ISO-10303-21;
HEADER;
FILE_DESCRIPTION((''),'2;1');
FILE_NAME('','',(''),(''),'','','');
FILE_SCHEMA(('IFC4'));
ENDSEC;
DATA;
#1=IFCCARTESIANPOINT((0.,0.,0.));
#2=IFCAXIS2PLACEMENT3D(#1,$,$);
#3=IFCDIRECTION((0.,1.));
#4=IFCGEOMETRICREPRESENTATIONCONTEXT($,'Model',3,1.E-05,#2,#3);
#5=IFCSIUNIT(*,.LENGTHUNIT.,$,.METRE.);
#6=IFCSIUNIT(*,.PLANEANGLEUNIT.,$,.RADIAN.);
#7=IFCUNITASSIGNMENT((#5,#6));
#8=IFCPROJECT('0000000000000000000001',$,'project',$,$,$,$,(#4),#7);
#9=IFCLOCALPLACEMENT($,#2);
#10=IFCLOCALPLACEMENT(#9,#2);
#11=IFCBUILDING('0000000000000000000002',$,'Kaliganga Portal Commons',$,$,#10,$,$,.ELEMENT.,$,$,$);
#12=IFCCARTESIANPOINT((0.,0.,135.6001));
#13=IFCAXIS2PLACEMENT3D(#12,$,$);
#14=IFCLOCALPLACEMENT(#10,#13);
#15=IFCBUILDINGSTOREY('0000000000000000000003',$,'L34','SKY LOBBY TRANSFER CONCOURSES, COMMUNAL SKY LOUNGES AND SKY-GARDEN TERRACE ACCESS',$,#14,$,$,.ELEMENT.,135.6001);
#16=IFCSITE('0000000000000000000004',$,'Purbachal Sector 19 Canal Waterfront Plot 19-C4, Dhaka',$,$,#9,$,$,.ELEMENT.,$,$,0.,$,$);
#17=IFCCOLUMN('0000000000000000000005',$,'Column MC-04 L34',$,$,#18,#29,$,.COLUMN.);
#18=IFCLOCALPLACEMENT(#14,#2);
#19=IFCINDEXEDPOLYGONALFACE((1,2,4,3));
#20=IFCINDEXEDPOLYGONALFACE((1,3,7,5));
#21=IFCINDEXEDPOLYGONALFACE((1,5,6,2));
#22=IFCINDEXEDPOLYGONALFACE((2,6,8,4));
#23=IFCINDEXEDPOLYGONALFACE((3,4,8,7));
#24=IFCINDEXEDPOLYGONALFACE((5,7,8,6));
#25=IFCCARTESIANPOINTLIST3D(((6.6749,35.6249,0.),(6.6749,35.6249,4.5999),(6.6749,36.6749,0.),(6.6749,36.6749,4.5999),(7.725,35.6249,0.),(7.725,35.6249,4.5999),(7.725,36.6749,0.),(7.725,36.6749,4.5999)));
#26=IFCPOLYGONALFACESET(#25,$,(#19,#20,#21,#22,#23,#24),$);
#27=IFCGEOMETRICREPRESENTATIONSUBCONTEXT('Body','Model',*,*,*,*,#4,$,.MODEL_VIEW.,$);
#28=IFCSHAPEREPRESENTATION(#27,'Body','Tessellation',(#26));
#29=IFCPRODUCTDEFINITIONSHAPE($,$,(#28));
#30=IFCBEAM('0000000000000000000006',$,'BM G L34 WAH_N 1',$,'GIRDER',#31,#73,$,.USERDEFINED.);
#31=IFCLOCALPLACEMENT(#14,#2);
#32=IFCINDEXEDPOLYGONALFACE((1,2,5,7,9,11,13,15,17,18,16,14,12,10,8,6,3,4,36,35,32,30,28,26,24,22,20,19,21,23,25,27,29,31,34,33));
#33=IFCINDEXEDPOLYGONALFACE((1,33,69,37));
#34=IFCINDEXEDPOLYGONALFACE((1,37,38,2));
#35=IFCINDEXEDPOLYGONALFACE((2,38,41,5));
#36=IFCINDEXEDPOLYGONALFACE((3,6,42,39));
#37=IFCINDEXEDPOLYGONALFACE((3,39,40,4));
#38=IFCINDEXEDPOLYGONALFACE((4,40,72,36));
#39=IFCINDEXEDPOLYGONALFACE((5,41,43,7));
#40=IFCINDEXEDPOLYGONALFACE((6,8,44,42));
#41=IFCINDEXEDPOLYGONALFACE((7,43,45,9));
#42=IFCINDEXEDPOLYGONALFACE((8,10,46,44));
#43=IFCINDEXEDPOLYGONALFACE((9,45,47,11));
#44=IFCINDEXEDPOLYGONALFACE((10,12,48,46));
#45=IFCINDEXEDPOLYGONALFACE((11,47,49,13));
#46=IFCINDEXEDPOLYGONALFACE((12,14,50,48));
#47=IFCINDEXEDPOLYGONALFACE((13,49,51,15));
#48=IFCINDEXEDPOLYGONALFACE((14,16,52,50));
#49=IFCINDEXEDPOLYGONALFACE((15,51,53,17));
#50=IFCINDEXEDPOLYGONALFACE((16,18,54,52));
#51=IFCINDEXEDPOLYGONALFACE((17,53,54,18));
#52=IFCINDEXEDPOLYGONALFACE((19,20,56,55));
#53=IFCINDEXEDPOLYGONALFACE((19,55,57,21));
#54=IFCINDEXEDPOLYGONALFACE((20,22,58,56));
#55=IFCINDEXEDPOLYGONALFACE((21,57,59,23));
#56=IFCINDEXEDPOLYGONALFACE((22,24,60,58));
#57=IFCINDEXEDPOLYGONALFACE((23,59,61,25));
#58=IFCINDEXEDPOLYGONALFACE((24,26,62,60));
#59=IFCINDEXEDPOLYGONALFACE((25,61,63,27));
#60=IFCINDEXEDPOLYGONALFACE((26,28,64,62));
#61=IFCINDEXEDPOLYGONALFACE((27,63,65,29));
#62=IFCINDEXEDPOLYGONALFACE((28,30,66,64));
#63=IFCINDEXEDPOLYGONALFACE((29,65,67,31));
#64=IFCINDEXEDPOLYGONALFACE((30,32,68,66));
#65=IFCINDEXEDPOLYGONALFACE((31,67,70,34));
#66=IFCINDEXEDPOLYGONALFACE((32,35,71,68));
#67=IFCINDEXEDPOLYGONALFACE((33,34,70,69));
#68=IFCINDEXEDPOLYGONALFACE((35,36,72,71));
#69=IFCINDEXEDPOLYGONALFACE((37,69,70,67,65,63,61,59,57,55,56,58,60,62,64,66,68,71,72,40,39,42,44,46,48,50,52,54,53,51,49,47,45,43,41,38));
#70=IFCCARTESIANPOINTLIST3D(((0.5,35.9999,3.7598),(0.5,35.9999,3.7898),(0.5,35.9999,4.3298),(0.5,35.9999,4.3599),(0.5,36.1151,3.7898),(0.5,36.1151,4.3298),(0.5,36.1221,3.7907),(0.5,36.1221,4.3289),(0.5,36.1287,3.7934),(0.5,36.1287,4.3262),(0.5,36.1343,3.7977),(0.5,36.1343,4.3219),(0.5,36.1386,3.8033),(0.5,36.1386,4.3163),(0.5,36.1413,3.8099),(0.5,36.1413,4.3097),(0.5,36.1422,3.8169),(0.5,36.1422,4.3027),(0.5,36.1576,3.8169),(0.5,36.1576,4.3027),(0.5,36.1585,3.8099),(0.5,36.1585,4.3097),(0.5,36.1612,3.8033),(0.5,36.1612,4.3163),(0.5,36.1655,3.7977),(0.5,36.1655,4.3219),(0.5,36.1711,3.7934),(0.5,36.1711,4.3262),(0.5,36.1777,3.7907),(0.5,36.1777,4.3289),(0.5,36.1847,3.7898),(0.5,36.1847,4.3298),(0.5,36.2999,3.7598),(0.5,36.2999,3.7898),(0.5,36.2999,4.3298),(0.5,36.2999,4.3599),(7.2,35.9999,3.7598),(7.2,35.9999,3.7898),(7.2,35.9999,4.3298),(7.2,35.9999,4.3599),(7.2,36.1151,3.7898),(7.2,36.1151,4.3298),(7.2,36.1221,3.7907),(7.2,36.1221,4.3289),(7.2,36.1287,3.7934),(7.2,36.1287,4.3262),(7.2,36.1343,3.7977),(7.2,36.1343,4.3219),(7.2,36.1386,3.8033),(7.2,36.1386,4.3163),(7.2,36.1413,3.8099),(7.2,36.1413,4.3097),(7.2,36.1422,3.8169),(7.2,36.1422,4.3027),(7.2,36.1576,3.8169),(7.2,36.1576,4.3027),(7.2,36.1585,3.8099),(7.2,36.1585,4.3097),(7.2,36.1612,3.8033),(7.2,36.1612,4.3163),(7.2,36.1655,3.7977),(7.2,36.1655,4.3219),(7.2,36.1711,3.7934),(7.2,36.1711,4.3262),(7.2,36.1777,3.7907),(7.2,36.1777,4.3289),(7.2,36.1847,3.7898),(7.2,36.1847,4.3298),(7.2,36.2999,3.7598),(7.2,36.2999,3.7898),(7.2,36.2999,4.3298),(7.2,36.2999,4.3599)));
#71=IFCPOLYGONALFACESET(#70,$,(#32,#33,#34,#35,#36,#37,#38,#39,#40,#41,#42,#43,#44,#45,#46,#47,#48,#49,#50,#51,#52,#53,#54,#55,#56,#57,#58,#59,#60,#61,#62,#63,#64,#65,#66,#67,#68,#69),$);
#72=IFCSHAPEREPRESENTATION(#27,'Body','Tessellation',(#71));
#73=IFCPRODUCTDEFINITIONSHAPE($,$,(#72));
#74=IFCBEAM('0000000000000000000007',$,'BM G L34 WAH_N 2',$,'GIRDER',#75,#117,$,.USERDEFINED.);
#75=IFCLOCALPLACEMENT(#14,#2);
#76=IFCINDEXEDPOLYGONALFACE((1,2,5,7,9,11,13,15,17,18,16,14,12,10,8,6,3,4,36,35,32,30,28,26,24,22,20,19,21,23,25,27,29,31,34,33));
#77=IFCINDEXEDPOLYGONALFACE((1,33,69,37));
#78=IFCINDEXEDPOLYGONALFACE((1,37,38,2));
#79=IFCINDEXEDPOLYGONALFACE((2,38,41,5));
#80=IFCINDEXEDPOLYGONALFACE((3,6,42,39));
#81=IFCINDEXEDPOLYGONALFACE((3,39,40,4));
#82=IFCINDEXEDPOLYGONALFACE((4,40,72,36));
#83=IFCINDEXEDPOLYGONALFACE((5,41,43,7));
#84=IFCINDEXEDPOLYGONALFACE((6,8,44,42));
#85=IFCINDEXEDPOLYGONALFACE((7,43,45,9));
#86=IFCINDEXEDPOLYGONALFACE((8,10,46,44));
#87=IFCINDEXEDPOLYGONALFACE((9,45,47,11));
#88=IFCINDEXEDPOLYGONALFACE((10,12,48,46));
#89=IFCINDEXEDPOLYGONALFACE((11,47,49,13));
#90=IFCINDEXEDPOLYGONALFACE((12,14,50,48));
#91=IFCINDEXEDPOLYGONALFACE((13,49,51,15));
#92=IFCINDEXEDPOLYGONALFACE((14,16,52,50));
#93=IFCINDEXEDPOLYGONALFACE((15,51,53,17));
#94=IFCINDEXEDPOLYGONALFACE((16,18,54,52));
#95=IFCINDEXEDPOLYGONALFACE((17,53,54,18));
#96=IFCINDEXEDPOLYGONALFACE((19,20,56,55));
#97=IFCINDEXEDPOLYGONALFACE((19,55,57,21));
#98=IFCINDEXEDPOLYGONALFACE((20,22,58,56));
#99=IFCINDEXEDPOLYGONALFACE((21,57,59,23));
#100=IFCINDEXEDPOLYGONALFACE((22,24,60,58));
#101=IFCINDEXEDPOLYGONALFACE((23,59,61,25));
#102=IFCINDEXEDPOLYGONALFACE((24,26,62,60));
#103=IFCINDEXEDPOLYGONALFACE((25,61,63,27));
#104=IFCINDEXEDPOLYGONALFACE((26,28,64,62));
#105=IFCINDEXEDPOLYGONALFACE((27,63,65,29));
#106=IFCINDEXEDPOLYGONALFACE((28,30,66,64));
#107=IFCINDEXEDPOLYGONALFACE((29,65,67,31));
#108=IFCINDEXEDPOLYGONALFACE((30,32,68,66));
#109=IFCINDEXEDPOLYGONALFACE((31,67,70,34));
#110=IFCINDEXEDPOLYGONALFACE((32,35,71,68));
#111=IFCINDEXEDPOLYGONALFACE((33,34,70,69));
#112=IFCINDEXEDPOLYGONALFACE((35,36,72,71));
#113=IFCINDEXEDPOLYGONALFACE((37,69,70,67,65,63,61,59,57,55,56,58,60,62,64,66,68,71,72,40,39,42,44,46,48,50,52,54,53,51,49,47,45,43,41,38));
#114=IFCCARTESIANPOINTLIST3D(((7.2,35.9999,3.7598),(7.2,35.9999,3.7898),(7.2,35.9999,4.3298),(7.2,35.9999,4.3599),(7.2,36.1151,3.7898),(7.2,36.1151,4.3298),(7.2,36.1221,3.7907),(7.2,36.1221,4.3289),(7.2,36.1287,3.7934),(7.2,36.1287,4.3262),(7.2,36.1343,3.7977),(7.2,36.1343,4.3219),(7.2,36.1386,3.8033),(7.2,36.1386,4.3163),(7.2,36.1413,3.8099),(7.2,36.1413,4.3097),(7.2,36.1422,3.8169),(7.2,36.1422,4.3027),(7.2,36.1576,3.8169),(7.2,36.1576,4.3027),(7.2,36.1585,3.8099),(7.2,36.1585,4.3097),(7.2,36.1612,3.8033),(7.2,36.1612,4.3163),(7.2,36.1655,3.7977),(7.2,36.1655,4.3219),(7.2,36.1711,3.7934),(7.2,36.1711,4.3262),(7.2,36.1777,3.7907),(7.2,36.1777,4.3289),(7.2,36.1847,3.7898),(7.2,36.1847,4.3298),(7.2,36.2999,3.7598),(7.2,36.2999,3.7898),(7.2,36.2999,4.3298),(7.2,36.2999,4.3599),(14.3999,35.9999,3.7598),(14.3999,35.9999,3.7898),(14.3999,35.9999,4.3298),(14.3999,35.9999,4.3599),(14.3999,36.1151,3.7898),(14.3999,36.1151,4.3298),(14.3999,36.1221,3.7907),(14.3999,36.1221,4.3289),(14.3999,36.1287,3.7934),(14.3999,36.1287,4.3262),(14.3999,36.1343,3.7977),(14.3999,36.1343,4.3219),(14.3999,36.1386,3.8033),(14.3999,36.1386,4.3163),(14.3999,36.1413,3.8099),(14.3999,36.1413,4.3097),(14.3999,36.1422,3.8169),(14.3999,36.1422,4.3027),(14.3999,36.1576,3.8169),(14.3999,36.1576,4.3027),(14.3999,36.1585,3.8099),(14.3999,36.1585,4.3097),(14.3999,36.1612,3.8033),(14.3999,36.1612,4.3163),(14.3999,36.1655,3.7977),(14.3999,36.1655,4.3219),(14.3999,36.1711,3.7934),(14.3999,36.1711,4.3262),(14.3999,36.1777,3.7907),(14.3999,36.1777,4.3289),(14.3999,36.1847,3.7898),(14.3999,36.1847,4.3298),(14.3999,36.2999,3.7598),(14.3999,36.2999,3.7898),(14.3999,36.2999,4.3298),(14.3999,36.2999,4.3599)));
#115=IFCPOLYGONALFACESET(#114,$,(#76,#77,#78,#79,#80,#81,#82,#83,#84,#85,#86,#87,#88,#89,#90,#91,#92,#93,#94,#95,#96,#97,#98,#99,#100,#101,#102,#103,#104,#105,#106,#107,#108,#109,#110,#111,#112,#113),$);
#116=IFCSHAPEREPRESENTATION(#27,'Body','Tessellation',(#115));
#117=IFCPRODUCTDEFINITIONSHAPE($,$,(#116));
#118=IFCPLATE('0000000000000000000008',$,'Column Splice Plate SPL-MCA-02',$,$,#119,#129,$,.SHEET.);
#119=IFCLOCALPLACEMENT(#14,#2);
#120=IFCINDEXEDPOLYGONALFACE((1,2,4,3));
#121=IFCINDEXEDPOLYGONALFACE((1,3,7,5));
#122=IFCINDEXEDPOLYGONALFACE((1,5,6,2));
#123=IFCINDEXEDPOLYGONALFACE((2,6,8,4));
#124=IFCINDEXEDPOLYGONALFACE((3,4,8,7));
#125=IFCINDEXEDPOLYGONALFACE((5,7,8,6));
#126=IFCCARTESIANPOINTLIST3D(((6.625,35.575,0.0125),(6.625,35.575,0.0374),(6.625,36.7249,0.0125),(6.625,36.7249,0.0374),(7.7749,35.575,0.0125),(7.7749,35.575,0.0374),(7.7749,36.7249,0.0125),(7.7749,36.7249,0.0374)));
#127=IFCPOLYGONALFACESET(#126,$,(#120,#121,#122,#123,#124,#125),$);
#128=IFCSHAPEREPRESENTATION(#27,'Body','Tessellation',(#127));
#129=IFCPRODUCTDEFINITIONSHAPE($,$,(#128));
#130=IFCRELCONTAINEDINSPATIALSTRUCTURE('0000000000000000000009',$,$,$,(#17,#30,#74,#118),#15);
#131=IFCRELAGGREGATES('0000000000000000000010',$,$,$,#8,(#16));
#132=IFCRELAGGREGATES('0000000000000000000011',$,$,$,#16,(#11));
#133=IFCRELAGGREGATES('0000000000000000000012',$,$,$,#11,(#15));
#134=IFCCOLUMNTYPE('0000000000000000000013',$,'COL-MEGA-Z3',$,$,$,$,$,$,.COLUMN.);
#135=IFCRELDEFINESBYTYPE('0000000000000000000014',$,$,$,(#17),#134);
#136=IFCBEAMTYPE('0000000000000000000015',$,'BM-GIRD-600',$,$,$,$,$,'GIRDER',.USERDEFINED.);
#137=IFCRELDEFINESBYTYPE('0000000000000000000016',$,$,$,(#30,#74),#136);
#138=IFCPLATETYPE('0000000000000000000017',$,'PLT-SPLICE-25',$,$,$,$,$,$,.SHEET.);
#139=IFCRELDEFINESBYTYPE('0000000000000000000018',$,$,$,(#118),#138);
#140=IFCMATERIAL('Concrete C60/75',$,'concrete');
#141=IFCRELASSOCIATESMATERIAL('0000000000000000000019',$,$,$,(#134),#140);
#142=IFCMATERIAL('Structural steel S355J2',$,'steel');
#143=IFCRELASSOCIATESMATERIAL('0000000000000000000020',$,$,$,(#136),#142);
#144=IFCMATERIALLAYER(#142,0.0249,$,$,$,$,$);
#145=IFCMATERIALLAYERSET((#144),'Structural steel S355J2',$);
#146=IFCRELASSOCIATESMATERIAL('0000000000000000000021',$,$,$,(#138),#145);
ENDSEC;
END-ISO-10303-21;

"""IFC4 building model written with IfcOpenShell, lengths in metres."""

from ifc_helpers import new_model, si_unit, direction, frame, origin, origin_2d, place, context, subcontext, project, spatial, rectangle, i_section, extrude, source, transform, mapped, material, layer, layer_set, material_profile, profile_set, type_object, element, save


model = new_model("IFC4")

# Units and contexts
model_context = context("Model", 3, precision=1e-05, world=origin(), true_north=direction((0.0, 1.0)))
body_context = subcontext(model_context, "Body", "Model", "MODEL_VIEW")
ifc_project = project(units=[si_unit("LENGTHUNIT", "METRE"), si_unit("PLANEANGLEUNIT", "RADIAN")], contexts=[model_context])

# Site, building, storey
site_placement = place(None, origin())
site = spatial("IfcSite", under=ifc_project, at=site_placement, Name="Purbachal Sector 19 Canal Waterfront Plot 19-C4, Dhaka", CompositionType="ELEMENT", RefElevation=0.0)
building_placement = place(site_placement, origin())
building = spatial("IfcBuilding", under=site, at=building_placement, Name="Kaliganga Portal Commons", CompositionType="ELEMENT")
storey_placement = place(building_placement, frame((0.0, 0.0, 135.6001)))
storey = spatial("IfcBuildingStorey", under=building, at=storey_placement, Name="L34", Description="SKY LOBBY TRANSFER CONCOURSES, COMMUNAL SKY LOUNGES AND SKY-GARDEN TERRACE ACCESS", CompositionType="ELEMENT", Elevation=135.6001)

# Column
ifc_material_1 = material(Name="Concrete C60/75", Category="concrete")
ifc_material_profile_1 = material_profile(ifc_material_1, rectangle(XDim=1.05, YDim=1.05, at=origin_2d()), Name="RC 1050x1050")
ifc_profile_set_1 = profile_set([ifc_material_profile_1], Name="Concrete C60/75")
column_type = type_object("IfcColumnType", Name="COL-MEGA-Z3", PredefinedType="COLUMN", material=ifc_profile_set_1)
shared_shape_1 = source(origin(), body_context, "Body", "SweptSolid", [
    extrude(rectangle(XDim=1.05, YDim=1.05, at=origin_2d()), origin(), (0.0, 0.0, 1.0), 4.5999),
])
column_placement = place(storey_placement, frame((7.2, 36.1499, 0.0), z_axis=(0.0, 0.0, 1.0), x_axis=(1.0, 0.0, 0.0)))
element("IfcColumn", 1, at=column_placement, inside=storey, type_object=column_type, Name="Column MC-04 L34", PredefinedType="COLUMN", context=body_context, shape_type="MappedRepresentation", body=[
    mapped(shared_shape_1, transform((0.0, 0.0, 0.0), x_axis=(1.0, 0.0, 0.0), y_axis=(0.0, 1.0, 0.0), z_axis=(0.0, 0.0, 1.0), scale=1.0)),
])

# Beams
ifc_material_2 = material(Name="Structural steel S355J2", Category="steel")
ifc_material_profile_2 = material_profile(ifc_material_2, i_section(OverallWidth=0.3, OverallDepth=0.6001, WebThickness=0.0154, FlangeThickness=0.03, FilletRadius=0.0271, at=origin_2d()), Name="HE 600 B")
ifc_profile_set_2 = profile_set([ifc_material_profile_2], Name="Structural steel S355J2 wide-flange")
beam_type = type_object("IfcBeamType", Name="BM-GIRD-600", ElementType="GIRDER", PredefinedType="USERDEFINED", material=ifc_profile_set_2)
shared_shape_2 = source(origin(), body_context, "Body", "SweptSolid", [
    extrude(i_section(OverallWidth=0.3, OverallDepth=0.6001, WebThickness=0.0154, FlangeThickness=0.03, FilletRadius=0.0271, at=origin_2d()), origin(), (0.0, 0.0, 1.0), 6.7),
])
beam_1_placement = place(storey_placement, frame((0.5, 36.1499, 4.0598), z_axis=(1.0, 0.0, 0.0), x_axis=(0.0, 1.0, 0.0)))
element("IfcBeam", 2, at=beam_1_placement, inside=storey, type_object=beam_type, Name="BM G L34 WAH_N 1", ObjectType="GIRDER", PredefinedType="USERDEFINED", context=body_context, shape_type="MappedRepresentation", body=[
    mapped(shared_shape_2, transform((0.0, 0.0, 0.0), x_axis=(1.0, 0.0, 0.0), y_axis=(0.0, 1.0, 0.0), z_axis=(0.0, 0.0, 1.0), scale=1.0)),
])
shared_shape_3 = source(origin(), body_context, "Body", "SweptSolid", [
    extrude(i_section(OverallWidth=0.3, OverallDepth=0.6001, WebThickness=0.0154, FlangeThickness=0.03, FilletRadius=0.0271, at=origin_2d()), origin(), (0.0, 0.0, 1.0), 7.2),
])
beam_2_placement = place(storey_placement, frame((7.2, 36.1499, 4.0598), z_axis=(1.0, 0.0, 0.0), x_axis=(0.0, 1.0, 0.0)))
element("IfcBeam", 3, at=beam_2_placement, inside=storey, type_object=beam_type, Name="BM G L34 WAH_N 2", ObjectType="GIRDER", PredefinedType="USERDEFINED", context=body_context, shape_type="MappedRepresentation", body=[
    mapped(shared_shape_3, transform((0.0, 0.0, 0.0), x_axis=(1.0, 0.0, 0.0), y_axis=(0.0, 1.0, 0.0), z_axis=(0.0, 0.0, 1.0), scale=1.0)),
])

# Plate
ifc_layer_1 = layer(ifc_material_2, 0.0249)
ifc_layer_set_1 = layer_set([ifc_layer_1], Name="Structural steel S355J2")
plate_type = type_object("IfcPlateType", Name="PLT-SPLICE-25", PredefinedType="SHEET", material=ifc_layer_set_1)
shared_shape_4 = source(origin(), body_context, "Body", "SweptSolid", [
    extrude(rectangle(XDim=1.1499, YDim=1.1499, at=origin_2d()), origin(), (0.0, 0.0, 1.0), 0.0249),
])
plate_placement = place(storey_placement, frame((7.2, 36.1499, 0.0125), z_axis=(0.0, 0.0, 1.0), x_axis=(1.0, 0.0, 0.0)))
element("IfcPlate", 4, at=plate_placement, inside=storey, type_object=plate_type, Name="Column Splice Plate SPL-MCA-02", PredefinedType="SHEET", context=body_context, shape_type="MappedRepresentation", body=[
    mapped(shared_shape_4, transform((0.0, 0.0, 0.0), x_axis=(1.0, 0.0, 0.0), y_axis=(0.0, 1.0, 0.0), z_axis=(0.0, 0.0, 1.0), scale=1.0)),
])

save(model, "model.ifc")
